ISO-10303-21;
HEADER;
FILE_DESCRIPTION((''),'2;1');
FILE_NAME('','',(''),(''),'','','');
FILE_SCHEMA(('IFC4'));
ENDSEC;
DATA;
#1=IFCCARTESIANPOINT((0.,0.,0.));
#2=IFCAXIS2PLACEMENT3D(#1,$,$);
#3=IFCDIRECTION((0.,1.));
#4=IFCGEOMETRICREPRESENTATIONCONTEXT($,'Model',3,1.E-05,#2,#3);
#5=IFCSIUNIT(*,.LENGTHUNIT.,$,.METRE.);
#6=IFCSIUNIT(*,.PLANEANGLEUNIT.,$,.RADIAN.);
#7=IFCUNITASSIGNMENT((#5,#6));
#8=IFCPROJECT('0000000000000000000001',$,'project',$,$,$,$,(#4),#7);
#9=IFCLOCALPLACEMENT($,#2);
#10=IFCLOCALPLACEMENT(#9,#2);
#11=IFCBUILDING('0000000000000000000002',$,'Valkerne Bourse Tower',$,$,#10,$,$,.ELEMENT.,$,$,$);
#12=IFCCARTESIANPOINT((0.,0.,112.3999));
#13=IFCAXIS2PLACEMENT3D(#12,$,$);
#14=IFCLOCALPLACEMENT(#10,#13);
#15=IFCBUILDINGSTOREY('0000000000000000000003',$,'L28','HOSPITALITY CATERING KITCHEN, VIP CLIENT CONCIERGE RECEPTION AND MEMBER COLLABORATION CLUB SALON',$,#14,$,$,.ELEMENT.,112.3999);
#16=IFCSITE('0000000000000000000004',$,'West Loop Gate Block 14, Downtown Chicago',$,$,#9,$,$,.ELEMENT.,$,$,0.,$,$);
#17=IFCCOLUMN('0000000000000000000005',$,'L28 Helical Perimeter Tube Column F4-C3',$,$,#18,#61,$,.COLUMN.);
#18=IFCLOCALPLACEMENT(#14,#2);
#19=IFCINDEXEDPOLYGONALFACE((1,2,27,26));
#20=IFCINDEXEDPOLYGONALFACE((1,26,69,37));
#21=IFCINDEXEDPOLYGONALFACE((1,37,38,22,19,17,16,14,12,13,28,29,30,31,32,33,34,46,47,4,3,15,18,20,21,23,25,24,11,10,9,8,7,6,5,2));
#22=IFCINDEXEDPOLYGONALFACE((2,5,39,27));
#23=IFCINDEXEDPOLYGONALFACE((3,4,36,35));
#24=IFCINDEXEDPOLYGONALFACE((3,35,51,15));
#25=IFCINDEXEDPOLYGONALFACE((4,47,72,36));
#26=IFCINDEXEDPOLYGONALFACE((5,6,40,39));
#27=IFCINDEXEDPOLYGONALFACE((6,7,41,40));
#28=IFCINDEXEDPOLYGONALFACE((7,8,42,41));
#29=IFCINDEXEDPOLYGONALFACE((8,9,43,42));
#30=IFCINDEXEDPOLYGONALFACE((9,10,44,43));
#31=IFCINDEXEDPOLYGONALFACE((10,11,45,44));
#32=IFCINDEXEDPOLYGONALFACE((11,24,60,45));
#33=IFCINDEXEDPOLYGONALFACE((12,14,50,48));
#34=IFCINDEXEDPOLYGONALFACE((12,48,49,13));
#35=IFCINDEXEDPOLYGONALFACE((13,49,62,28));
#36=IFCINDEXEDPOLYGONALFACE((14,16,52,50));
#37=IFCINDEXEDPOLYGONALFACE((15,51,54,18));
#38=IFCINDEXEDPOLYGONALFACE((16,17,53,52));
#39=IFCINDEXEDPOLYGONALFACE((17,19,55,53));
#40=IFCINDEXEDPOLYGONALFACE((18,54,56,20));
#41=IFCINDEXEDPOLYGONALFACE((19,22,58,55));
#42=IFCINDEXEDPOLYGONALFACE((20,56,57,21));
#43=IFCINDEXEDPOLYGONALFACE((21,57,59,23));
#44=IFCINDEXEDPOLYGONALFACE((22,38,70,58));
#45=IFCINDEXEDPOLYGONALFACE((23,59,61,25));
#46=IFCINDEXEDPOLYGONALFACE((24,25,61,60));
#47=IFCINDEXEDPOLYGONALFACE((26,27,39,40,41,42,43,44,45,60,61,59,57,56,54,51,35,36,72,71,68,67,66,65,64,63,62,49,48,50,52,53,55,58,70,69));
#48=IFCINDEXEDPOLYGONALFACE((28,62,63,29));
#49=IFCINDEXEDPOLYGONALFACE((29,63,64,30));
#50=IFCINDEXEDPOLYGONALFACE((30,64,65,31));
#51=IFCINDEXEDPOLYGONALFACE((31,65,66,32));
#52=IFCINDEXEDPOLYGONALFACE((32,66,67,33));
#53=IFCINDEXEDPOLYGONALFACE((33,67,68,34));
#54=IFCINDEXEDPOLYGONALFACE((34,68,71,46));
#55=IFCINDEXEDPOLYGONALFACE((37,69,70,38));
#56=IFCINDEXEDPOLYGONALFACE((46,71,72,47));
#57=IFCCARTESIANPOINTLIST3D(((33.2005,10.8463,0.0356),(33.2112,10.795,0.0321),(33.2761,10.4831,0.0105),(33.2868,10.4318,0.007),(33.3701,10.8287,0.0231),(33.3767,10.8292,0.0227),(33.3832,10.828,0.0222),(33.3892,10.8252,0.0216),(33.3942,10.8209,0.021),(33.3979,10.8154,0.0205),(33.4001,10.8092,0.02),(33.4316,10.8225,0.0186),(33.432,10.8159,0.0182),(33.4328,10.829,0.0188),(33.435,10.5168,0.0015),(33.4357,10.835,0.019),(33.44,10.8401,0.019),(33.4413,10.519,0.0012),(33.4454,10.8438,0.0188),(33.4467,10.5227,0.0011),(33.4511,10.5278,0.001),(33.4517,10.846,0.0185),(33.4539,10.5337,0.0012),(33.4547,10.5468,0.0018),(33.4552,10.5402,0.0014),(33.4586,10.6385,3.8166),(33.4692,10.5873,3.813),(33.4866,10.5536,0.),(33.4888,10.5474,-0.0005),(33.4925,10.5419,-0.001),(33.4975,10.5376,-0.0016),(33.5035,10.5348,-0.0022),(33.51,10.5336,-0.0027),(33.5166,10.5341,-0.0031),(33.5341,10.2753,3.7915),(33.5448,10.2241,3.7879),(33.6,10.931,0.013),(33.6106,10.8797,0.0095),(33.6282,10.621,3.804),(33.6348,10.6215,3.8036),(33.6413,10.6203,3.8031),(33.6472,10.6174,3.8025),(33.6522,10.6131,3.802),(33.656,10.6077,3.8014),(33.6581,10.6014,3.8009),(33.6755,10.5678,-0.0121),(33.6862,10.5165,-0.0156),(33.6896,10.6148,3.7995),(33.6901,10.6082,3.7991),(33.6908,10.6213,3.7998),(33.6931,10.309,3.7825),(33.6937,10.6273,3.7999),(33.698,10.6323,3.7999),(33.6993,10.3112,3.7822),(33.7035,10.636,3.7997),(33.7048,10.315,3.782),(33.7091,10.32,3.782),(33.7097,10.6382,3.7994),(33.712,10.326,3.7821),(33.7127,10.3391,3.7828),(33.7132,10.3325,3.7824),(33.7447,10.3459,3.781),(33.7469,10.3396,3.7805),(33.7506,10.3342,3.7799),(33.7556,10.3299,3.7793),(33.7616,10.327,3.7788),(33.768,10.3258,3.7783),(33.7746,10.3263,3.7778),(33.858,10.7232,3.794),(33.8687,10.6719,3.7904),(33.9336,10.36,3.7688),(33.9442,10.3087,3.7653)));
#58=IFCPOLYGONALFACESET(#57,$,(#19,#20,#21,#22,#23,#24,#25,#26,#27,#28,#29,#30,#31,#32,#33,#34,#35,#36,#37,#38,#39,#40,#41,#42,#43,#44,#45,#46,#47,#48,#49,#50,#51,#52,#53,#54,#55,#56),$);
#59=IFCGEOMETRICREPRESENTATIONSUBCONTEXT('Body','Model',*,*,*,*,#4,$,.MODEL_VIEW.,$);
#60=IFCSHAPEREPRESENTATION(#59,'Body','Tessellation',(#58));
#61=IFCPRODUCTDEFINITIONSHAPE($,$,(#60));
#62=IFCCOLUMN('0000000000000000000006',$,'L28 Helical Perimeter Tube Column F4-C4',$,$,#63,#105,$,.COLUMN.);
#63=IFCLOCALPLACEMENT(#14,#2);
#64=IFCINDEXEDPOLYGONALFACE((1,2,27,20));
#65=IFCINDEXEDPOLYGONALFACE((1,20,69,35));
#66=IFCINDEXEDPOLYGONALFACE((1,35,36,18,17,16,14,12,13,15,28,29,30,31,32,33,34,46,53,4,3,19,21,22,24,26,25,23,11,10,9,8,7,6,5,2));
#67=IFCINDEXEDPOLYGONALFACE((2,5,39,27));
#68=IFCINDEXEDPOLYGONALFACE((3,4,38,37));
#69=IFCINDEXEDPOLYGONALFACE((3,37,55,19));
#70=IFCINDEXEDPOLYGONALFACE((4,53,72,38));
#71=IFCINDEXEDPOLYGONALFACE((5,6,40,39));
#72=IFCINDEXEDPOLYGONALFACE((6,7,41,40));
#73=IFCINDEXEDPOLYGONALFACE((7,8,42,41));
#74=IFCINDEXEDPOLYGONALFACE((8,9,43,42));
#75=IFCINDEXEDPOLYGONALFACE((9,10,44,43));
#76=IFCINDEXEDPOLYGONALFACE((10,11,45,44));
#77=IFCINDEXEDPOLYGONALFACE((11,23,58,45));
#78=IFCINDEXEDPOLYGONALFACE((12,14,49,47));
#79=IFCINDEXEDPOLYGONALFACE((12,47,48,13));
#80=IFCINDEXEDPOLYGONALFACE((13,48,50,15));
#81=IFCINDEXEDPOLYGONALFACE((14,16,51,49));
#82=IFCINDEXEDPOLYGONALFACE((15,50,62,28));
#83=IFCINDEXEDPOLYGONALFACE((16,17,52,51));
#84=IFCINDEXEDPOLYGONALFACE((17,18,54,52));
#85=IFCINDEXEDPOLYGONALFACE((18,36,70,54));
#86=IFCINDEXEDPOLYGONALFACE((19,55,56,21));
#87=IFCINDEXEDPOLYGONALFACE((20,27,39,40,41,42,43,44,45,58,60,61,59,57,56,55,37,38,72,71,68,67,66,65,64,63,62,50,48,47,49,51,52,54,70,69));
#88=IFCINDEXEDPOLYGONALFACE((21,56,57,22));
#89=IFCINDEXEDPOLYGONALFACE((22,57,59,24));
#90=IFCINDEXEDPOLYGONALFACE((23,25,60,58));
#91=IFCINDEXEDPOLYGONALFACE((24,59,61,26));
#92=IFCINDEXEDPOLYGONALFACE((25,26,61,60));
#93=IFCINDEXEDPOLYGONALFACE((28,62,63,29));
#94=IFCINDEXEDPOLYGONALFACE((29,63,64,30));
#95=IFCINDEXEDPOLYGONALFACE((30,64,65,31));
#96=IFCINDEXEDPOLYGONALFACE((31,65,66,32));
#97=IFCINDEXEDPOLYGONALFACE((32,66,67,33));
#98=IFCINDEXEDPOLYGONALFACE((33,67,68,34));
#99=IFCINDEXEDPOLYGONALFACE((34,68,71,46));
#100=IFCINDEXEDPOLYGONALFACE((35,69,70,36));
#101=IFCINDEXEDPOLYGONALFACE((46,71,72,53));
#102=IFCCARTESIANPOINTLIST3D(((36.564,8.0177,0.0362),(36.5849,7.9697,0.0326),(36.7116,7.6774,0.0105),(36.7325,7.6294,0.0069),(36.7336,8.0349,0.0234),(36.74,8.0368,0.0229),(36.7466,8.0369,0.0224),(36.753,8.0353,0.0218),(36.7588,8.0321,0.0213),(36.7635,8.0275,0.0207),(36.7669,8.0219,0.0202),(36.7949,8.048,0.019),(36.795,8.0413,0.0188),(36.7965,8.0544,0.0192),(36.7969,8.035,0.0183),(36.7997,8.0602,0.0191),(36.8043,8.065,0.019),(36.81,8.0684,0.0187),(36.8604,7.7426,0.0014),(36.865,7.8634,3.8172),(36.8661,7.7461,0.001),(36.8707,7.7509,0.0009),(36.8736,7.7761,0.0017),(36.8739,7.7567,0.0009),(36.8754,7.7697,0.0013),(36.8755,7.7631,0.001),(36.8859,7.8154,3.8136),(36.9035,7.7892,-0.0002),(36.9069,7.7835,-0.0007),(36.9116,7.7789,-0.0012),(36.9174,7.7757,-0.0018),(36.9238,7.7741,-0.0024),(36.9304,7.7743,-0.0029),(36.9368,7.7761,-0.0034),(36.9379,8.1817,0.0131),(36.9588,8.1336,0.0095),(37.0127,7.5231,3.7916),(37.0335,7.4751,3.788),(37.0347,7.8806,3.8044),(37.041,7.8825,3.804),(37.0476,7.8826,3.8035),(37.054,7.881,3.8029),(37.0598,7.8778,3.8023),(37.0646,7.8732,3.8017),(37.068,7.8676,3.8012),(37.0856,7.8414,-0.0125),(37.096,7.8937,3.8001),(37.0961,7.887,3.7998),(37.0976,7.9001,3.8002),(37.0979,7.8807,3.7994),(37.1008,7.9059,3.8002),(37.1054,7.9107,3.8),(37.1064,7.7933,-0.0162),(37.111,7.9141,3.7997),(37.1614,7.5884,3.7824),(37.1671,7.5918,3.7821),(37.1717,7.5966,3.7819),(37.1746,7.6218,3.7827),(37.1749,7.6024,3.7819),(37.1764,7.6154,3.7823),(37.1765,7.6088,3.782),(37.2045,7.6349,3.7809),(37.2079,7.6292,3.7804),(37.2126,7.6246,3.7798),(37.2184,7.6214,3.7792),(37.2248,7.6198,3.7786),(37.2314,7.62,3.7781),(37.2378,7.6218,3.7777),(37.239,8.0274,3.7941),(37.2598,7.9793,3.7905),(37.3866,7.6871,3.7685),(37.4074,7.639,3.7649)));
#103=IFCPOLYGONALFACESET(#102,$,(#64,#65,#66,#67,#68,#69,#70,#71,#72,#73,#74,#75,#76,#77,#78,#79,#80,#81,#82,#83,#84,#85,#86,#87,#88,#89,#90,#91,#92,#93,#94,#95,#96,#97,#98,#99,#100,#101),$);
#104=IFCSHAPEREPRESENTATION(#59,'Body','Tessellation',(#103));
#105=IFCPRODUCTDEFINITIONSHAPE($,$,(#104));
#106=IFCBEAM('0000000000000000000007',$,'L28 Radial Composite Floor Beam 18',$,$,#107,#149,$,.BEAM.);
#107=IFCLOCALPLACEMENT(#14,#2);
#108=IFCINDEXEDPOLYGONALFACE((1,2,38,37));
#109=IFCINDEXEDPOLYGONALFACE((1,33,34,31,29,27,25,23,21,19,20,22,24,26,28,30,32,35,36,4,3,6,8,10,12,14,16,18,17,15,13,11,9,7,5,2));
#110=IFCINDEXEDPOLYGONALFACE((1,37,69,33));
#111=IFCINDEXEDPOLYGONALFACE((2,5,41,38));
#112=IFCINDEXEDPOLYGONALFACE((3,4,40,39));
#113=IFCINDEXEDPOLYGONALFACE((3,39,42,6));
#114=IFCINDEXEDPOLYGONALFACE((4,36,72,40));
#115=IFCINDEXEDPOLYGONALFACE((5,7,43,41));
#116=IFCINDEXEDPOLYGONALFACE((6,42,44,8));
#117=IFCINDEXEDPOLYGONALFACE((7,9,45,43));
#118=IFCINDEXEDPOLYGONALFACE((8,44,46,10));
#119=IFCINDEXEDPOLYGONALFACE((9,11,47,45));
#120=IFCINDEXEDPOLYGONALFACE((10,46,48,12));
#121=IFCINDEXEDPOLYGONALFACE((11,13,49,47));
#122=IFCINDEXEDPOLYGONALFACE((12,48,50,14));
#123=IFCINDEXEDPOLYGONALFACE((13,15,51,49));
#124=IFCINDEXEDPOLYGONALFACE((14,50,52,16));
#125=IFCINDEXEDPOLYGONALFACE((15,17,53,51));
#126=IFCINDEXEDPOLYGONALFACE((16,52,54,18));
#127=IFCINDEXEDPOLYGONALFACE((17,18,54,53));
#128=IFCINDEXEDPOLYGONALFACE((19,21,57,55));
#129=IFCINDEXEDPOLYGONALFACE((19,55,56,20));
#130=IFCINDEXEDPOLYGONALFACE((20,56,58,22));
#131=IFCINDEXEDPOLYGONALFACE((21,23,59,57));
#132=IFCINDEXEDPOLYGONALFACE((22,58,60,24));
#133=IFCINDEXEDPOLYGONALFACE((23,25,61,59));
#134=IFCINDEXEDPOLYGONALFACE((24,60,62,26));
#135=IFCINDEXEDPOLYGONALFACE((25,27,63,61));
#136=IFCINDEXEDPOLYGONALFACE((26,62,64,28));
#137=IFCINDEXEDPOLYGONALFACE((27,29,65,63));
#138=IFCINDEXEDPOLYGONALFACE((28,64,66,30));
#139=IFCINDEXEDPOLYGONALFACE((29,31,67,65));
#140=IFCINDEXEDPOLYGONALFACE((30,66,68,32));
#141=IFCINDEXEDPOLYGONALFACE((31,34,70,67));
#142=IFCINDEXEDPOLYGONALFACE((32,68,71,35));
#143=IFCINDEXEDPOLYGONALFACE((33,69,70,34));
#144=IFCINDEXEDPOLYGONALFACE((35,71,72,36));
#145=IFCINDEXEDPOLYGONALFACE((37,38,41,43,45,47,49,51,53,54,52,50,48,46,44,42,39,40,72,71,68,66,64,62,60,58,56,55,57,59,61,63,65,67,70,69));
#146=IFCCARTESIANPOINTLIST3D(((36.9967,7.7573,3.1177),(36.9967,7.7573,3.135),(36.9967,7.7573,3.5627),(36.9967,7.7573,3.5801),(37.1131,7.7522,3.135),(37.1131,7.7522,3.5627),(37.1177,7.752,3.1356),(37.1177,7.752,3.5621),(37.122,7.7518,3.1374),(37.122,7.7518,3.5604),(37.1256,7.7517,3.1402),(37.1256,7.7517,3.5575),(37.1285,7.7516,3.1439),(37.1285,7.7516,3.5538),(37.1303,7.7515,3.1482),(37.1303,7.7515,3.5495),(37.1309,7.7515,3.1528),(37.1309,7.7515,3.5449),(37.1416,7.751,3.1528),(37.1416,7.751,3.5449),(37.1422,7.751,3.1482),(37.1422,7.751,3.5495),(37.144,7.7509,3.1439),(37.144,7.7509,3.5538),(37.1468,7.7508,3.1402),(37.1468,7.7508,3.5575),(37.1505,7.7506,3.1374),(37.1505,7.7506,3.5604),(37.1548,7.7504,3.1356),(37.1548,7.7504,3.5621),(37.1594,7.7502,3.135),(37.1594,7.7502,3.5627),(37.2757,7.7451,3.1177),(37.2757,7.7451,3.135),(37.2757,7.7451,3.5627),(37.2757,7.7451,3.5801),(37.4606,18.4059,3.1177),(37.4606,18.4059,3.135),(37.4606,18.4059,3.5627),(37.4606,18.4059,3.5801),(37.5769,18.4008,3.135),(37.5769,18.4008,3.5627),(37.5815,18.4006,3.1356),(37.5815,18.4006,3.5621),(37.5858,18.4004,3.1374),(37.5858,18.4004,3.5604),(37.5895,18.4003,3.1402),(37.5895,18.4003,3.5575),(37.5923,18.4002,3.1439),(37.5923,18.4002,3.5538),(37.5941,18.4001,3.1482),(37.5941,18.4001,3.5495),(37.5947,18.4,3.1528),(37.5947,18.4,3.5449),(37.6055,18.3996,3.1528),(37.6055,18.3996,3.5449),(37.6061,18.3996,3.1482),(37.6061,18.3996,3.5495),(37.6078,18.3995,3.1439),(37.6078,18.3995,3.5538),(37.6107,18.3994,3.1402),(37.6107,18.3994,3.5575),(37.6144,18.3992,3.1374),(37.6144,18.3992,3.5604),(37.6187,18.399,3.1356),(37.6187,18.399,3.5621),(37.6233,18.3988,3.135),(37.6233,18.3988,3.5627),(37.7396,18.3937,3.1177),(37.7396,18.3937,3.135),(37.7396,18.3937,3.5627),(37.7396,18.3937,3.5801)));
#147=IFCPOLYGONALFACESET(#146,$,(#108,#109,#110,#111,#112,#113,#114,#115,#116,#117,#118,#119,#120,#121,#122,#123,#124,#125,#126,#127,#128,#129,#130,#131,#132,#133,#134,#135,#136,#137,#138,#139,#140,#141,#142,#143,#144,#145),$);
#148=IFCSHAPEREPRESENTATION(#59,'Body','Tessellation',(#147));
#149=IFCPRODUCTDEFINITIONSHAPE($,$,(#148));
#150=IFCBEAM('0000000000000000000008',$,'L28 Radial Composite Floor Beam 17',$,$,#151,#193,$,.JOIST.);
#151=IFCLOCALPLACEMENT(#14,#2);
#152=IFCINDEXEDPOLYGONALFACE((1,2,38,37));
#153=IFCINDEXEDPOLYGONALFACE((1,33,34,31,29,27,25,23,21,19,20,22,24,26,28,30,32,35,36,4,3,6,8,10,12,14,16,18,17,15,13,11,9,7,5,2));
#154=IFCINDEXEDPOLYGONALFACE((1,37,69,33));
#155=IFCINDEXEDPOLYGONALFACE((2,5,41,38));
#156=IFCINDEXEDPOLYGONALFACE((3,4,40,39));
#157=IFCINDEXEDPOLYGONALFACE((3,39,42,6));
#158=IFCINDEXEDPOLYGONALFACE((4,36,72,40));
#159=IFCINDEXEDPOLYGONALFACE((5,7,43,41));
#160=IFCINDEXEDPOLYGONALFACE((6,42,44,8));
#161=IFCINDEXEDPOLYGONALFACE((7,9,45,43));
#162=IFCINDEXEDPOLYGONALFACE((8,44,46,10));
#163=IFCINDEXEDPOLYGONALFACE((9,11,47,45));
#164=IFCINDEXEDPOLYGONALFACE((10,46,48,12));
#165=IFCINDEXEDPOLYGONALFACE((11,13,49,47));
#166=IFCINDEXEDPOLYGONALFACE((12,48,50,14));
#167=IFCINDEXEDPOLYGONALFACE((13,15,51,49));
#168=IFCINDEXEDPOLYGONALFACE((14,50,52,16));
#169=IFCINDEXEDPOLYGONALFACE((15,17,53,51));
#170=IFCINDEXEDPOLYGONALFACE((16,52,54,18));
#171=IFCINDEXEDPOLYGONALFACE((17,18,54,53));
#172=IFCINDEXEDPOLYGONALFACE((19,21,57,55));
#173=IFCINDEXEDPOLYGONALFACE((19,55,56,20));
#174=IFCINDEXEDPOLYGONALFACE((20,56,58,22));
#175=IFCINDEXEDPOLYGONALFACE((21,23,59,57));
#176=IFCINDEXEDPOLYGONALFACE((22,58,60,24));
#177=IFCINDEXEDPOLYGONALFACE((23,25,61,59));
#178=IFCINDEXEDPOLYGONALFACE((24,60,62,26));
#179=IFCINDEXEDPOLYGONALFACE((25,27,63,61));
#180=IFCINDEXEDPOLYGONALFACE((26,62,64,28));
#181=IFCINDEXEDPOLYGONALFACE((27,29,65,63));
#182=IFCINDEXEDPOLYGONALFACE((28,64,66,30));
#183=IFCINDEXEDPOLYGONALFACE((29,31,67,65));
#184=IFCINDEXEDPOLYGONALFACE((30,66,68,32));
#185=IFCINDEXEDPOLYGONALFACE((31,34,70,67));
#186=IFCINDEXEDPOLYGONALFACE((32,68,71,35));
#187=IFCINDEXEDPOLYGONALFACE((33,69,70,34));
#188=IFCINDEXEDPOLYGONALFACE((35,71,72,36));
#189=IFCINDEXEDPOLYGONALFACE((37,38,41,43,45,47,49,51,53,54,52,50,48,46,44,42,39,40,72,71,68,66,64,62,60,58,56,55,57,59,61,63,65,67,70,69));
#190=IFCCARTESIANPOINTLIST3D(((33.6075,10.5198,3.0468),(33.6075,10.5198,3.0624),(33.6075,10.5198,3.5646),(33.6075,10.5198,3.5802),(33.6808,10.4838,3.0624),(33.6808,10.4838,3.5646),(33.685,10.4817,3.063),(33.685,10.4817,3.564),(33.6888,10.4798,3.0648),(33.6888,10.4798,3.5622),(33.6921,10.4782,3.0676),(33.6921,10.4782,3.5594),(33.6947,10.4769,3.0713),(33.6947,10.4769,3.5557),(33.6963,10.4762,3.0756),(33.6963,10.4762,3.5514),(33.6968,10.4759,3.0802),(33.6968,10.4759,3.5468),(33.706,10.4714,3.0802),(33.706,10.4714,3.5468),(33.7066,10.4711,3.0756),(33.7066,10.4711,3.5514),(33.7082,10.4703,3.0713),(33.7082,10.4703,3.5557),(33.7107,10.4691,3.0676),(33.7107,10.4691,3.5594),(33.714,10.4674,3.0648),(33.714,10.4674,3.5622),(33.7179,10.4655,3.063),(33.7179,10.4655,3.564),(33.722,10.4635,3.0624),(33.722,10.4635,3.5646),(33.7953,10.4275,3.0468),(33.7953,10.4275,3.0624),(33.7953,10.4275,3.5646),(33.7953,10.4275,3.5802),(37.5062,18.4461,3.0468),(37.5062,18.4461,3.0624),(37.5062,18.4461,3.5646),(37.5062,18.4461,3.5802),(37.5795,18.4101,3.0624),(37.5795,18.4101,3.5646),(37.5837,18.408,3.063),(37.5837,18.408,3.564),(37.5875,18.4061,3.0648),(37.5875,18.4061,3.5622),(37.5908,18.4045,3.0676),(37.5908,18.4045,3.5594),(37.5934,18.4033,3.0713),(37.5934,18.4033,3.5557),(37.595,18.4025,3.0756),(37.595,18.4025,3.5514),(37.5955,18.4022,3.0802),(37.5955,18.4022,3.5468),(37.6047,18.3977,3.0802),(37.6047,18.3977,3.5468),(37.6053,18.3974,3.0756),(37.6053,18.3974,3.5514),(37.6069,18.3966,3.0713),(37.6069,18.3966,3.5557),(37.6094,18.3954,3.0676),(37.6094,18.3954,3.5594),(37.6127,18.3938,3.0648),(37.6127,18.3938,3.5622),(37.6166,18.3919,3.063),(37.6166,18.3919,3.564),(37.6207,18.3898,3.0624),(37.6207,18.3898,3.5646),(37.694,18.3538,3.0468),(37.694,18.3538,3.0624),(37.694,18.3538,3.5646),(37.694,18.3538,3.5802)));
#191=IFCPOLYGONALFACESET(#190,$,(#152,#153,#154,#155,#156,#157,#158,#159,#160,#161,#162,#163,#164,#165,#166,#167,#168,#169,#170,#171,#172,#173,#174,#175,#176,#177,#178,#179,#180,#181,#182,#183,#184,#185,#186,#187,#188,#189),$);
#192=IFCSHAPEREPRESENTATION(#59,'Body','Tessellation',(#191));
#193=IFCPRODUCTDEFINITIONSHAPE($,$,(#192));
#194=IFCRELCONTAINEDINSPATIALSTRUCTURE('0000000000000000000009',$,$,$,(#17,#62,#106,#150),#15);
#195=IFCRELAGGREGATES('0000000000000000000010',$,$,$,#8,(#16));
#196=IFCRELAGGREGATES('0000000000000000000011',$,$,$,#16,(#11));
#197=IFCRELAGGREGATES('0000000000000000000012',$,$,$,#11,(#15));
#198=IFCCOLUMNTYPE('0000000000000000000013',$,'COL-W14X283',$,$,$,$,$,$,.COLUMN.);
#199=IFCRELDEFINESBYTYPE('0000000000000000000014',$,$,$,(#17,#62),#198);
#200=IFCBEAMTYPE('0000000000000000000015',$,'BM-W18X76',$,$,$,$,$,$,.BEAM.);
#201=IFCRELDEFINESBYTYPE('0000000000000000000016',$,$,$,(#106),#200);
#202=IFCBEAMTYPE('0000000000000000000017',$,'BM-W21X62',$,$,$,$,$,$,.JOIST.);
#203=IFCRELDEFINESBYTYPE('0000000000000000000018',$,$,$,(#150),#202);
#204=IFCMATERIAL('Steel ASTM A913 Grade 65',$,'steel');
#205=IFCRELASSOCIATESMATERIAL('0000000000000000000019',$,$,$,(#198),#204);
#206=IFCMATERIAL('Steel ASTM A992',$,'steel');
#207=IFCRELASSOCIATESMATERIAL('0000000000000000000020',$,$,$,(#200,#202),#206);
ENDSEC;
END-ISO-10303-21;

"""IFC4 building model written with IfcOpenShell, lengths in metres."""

from ifc_helpers import new_model, si_unit, direction, frame, origin, origin_2d, place, context, subcontext, project, spatial, i_section, extrude, material, material_profile, profile_set, type_object, element, save


model = new_model("IFC4")

# Units and contexts
model_context = context("Model", 3, precision=1e-05, world=origin(), true_north=direction((0.0, 1.0)))
body_context = subcontext(model_context, "Body", "Model", "MODEL_VIEW")
ifc_project = project(units=[si_unit("LENGTHUNIT", "METRE"), si_unit("PLANEANGLEUNIT", "RADIAN")], contexts=[model_context])

# Site, building, storey
site_placement = place(None, origin())
site = spatial("IfcSite", under=ifc_project, at=site_placement, Name="West Loop Gate Block 14, Downtown Chicago", CompositionType="ELEMENT", RefElevation=0.0)
building_placement = place(site_placement, origin())
building = spatial("IfcBuilding", under=site, at=building_placement, Name="Valkerne Bourse Tower", CompositionType="ELEMENT")
storey_placement = place(building_placement, frame((0.0, 0.0, 112.3999)))
storey = spatial("IfcBuildingStorey", under=building, at=storey_placement, Name="L28", Description="HOSPITALITY CATERING KITCHEN, VIP CLIENT CONCIERGE RECEPTION AND MEMBER COLLABORATION CLUB SALON", CompositionType="ELEMENT", Elevation=112.3999)

# Columns
ifc_material_1 = material(Name="Steel ASTM A913 Grade 65", Category="steel")
ifc_material_profile_1 = material_profile(ifc_material_1, i_section(OverallWidth=0.4089, OverallDepth=0.4243, WebThickness=0.0327, FlangeThickness=0.0525, FilletRadius=0.0254, at=origin_2d()), Name="W14X283")
ifc_profile_set_1 = profile_set([ifc_material_profile_1], Name="Steel ASTM A913 Grade 65")
column_type = type_object("IfcColumnType", Name="COL-W14X283", PredefinedType="COLUMN", material=ifc_profile_set_1)
column_1_placement = place(storey_placement, frame((33.4434, 10.6814, 0.01), z_axis=(0.06799, -0.05474, 0.996183), x_axis=(0.976762, 0.207074, -0.055286)))
element("IfcColumn", 1, at=column_1_placement, inside=storey, type_object=column_type, Name="L28 Helical Perimeter Tube Column F4-C3", PredefinedType="COLUMN", context=body_context, shape_type="SweptSolid", body=[
    extrude(i_section(OverallWidth=0.4089, OverallDepth=0.4243, WebThickness=0.0327, FlangeThickness=0.0525, FilletRadius=0.0254, at=origin_2d()), origin(), (0.0, 0.0, 1.0), 3.7954),
])
column_2_placement = place(storey_placement, frame((36.8352, 7.9055, 0.01), z_axis=(0.079298, -0.040646, 0.996022), x_axis=(0.914388, 0.400885, -0.05644)))
element("IfcColumn", 2, at=column_2_placement, inside=storey, type_object=column_type, Name="L28 Helical Perimeter Tube Column F4-C4", PredefinedType="COLUMN", context=body_context, shape_type="SweptSolid", body=[
    extrude(i_section(OverallWidth=0.4089, OverallDepth=0.4243, WebThickness=0.0327, FlangeThickness=0.0525, FilletRadius=0.0254, at=origin_2d()), origin(), (0.0, 0.0, 1.0), 3.7961),
])

# Beams
ifc_material_2 = material(Name="Steel ASTM A992", Category="steel")
ifc_material_profile_2 = material_profile(ifc_material_2, i_section(OverallWidth=0.2793, OverallDepth=0.4624, WebThickness=0.0107, FlangeThickness=0.0173, FilletRadius=0.0178, at=origin_2d()), Name="W18X76")
ifc_profile_set_2 = profile_set([ifc_material_profile_2], Name="Steel ASTM A992")
beam_type_1 = type_object("IfcBeamType", Name="BM-W18X76", PredefinedType="BEAM", material=ifc_profile_set_2)
beam_1_placement = place(storey_placement, frame((37.1362, 7.7512, 3.3489), z_axis=(0.04352, 0.999053, 0.0), x_axis=(-0.999053, 0.04352, 0.0)))
element("IfcBeam", 3, at=beam_1_placement, inside=storey, type_object=beam_type_1, Name="L28 Radial Composite Floor Beam 18", PredefinedType="BEAM", context=body_context, shape_type="SweptSolid", body=[
    extrude(i_section(OverallWidth=0.2793, OverallDepth=0.4624, WebThickness=0.0107, FlangeThickness=0.0173, FilletRadius=0.0178, at=origin_2d()), origin(), (0.0, 0.0, 1.0), 10.6587),
])
ifc_material_profile_3 = material_profile(ifc_material_2, i_section(OverallWidth=0.2092, OverallDepth=0.5334, WebThickness=0.0103, FlangeThickness=0.0156, FilletRadius=0.0178, at=origin_2d()), Name="W21X62")
ifc_profile_set_3 = profile_set([ifc_material_profile_3], Name="Steel ASTM A992")
beam_type_2 = type_object("IfcBeamType", Name="BM-W21X62", PredefinedType="JOIST", material=ifc_profile_set_3)
beam_2_placement = place(storey_placement, frame((33.7014, 10.4736, 3.3135), z_axis=(0.441367, 0.897327, 0.0), x_axis=(-0.897327, 0.441367, 0.0)))
element("IfcBeam", 4, at=beam_2_placement, inside=storey, type_object=beam_type_2, Name="L28 Radial Composite Floor Beam 17", PredefinedType="JOIST", context=body_context, shape_type="SweptSolid", body=[
    extrude(i_section(OverallWidth=0.2092, OverallDepth=0.5334, WebThickness=0.0103, FlangeThickness=0.0156, FilletRadius=0.0178, at=origin_2d()), origin(), (0.0, 0.0, 1.0), 8.8333),
])

save(model, "model.ifc")
